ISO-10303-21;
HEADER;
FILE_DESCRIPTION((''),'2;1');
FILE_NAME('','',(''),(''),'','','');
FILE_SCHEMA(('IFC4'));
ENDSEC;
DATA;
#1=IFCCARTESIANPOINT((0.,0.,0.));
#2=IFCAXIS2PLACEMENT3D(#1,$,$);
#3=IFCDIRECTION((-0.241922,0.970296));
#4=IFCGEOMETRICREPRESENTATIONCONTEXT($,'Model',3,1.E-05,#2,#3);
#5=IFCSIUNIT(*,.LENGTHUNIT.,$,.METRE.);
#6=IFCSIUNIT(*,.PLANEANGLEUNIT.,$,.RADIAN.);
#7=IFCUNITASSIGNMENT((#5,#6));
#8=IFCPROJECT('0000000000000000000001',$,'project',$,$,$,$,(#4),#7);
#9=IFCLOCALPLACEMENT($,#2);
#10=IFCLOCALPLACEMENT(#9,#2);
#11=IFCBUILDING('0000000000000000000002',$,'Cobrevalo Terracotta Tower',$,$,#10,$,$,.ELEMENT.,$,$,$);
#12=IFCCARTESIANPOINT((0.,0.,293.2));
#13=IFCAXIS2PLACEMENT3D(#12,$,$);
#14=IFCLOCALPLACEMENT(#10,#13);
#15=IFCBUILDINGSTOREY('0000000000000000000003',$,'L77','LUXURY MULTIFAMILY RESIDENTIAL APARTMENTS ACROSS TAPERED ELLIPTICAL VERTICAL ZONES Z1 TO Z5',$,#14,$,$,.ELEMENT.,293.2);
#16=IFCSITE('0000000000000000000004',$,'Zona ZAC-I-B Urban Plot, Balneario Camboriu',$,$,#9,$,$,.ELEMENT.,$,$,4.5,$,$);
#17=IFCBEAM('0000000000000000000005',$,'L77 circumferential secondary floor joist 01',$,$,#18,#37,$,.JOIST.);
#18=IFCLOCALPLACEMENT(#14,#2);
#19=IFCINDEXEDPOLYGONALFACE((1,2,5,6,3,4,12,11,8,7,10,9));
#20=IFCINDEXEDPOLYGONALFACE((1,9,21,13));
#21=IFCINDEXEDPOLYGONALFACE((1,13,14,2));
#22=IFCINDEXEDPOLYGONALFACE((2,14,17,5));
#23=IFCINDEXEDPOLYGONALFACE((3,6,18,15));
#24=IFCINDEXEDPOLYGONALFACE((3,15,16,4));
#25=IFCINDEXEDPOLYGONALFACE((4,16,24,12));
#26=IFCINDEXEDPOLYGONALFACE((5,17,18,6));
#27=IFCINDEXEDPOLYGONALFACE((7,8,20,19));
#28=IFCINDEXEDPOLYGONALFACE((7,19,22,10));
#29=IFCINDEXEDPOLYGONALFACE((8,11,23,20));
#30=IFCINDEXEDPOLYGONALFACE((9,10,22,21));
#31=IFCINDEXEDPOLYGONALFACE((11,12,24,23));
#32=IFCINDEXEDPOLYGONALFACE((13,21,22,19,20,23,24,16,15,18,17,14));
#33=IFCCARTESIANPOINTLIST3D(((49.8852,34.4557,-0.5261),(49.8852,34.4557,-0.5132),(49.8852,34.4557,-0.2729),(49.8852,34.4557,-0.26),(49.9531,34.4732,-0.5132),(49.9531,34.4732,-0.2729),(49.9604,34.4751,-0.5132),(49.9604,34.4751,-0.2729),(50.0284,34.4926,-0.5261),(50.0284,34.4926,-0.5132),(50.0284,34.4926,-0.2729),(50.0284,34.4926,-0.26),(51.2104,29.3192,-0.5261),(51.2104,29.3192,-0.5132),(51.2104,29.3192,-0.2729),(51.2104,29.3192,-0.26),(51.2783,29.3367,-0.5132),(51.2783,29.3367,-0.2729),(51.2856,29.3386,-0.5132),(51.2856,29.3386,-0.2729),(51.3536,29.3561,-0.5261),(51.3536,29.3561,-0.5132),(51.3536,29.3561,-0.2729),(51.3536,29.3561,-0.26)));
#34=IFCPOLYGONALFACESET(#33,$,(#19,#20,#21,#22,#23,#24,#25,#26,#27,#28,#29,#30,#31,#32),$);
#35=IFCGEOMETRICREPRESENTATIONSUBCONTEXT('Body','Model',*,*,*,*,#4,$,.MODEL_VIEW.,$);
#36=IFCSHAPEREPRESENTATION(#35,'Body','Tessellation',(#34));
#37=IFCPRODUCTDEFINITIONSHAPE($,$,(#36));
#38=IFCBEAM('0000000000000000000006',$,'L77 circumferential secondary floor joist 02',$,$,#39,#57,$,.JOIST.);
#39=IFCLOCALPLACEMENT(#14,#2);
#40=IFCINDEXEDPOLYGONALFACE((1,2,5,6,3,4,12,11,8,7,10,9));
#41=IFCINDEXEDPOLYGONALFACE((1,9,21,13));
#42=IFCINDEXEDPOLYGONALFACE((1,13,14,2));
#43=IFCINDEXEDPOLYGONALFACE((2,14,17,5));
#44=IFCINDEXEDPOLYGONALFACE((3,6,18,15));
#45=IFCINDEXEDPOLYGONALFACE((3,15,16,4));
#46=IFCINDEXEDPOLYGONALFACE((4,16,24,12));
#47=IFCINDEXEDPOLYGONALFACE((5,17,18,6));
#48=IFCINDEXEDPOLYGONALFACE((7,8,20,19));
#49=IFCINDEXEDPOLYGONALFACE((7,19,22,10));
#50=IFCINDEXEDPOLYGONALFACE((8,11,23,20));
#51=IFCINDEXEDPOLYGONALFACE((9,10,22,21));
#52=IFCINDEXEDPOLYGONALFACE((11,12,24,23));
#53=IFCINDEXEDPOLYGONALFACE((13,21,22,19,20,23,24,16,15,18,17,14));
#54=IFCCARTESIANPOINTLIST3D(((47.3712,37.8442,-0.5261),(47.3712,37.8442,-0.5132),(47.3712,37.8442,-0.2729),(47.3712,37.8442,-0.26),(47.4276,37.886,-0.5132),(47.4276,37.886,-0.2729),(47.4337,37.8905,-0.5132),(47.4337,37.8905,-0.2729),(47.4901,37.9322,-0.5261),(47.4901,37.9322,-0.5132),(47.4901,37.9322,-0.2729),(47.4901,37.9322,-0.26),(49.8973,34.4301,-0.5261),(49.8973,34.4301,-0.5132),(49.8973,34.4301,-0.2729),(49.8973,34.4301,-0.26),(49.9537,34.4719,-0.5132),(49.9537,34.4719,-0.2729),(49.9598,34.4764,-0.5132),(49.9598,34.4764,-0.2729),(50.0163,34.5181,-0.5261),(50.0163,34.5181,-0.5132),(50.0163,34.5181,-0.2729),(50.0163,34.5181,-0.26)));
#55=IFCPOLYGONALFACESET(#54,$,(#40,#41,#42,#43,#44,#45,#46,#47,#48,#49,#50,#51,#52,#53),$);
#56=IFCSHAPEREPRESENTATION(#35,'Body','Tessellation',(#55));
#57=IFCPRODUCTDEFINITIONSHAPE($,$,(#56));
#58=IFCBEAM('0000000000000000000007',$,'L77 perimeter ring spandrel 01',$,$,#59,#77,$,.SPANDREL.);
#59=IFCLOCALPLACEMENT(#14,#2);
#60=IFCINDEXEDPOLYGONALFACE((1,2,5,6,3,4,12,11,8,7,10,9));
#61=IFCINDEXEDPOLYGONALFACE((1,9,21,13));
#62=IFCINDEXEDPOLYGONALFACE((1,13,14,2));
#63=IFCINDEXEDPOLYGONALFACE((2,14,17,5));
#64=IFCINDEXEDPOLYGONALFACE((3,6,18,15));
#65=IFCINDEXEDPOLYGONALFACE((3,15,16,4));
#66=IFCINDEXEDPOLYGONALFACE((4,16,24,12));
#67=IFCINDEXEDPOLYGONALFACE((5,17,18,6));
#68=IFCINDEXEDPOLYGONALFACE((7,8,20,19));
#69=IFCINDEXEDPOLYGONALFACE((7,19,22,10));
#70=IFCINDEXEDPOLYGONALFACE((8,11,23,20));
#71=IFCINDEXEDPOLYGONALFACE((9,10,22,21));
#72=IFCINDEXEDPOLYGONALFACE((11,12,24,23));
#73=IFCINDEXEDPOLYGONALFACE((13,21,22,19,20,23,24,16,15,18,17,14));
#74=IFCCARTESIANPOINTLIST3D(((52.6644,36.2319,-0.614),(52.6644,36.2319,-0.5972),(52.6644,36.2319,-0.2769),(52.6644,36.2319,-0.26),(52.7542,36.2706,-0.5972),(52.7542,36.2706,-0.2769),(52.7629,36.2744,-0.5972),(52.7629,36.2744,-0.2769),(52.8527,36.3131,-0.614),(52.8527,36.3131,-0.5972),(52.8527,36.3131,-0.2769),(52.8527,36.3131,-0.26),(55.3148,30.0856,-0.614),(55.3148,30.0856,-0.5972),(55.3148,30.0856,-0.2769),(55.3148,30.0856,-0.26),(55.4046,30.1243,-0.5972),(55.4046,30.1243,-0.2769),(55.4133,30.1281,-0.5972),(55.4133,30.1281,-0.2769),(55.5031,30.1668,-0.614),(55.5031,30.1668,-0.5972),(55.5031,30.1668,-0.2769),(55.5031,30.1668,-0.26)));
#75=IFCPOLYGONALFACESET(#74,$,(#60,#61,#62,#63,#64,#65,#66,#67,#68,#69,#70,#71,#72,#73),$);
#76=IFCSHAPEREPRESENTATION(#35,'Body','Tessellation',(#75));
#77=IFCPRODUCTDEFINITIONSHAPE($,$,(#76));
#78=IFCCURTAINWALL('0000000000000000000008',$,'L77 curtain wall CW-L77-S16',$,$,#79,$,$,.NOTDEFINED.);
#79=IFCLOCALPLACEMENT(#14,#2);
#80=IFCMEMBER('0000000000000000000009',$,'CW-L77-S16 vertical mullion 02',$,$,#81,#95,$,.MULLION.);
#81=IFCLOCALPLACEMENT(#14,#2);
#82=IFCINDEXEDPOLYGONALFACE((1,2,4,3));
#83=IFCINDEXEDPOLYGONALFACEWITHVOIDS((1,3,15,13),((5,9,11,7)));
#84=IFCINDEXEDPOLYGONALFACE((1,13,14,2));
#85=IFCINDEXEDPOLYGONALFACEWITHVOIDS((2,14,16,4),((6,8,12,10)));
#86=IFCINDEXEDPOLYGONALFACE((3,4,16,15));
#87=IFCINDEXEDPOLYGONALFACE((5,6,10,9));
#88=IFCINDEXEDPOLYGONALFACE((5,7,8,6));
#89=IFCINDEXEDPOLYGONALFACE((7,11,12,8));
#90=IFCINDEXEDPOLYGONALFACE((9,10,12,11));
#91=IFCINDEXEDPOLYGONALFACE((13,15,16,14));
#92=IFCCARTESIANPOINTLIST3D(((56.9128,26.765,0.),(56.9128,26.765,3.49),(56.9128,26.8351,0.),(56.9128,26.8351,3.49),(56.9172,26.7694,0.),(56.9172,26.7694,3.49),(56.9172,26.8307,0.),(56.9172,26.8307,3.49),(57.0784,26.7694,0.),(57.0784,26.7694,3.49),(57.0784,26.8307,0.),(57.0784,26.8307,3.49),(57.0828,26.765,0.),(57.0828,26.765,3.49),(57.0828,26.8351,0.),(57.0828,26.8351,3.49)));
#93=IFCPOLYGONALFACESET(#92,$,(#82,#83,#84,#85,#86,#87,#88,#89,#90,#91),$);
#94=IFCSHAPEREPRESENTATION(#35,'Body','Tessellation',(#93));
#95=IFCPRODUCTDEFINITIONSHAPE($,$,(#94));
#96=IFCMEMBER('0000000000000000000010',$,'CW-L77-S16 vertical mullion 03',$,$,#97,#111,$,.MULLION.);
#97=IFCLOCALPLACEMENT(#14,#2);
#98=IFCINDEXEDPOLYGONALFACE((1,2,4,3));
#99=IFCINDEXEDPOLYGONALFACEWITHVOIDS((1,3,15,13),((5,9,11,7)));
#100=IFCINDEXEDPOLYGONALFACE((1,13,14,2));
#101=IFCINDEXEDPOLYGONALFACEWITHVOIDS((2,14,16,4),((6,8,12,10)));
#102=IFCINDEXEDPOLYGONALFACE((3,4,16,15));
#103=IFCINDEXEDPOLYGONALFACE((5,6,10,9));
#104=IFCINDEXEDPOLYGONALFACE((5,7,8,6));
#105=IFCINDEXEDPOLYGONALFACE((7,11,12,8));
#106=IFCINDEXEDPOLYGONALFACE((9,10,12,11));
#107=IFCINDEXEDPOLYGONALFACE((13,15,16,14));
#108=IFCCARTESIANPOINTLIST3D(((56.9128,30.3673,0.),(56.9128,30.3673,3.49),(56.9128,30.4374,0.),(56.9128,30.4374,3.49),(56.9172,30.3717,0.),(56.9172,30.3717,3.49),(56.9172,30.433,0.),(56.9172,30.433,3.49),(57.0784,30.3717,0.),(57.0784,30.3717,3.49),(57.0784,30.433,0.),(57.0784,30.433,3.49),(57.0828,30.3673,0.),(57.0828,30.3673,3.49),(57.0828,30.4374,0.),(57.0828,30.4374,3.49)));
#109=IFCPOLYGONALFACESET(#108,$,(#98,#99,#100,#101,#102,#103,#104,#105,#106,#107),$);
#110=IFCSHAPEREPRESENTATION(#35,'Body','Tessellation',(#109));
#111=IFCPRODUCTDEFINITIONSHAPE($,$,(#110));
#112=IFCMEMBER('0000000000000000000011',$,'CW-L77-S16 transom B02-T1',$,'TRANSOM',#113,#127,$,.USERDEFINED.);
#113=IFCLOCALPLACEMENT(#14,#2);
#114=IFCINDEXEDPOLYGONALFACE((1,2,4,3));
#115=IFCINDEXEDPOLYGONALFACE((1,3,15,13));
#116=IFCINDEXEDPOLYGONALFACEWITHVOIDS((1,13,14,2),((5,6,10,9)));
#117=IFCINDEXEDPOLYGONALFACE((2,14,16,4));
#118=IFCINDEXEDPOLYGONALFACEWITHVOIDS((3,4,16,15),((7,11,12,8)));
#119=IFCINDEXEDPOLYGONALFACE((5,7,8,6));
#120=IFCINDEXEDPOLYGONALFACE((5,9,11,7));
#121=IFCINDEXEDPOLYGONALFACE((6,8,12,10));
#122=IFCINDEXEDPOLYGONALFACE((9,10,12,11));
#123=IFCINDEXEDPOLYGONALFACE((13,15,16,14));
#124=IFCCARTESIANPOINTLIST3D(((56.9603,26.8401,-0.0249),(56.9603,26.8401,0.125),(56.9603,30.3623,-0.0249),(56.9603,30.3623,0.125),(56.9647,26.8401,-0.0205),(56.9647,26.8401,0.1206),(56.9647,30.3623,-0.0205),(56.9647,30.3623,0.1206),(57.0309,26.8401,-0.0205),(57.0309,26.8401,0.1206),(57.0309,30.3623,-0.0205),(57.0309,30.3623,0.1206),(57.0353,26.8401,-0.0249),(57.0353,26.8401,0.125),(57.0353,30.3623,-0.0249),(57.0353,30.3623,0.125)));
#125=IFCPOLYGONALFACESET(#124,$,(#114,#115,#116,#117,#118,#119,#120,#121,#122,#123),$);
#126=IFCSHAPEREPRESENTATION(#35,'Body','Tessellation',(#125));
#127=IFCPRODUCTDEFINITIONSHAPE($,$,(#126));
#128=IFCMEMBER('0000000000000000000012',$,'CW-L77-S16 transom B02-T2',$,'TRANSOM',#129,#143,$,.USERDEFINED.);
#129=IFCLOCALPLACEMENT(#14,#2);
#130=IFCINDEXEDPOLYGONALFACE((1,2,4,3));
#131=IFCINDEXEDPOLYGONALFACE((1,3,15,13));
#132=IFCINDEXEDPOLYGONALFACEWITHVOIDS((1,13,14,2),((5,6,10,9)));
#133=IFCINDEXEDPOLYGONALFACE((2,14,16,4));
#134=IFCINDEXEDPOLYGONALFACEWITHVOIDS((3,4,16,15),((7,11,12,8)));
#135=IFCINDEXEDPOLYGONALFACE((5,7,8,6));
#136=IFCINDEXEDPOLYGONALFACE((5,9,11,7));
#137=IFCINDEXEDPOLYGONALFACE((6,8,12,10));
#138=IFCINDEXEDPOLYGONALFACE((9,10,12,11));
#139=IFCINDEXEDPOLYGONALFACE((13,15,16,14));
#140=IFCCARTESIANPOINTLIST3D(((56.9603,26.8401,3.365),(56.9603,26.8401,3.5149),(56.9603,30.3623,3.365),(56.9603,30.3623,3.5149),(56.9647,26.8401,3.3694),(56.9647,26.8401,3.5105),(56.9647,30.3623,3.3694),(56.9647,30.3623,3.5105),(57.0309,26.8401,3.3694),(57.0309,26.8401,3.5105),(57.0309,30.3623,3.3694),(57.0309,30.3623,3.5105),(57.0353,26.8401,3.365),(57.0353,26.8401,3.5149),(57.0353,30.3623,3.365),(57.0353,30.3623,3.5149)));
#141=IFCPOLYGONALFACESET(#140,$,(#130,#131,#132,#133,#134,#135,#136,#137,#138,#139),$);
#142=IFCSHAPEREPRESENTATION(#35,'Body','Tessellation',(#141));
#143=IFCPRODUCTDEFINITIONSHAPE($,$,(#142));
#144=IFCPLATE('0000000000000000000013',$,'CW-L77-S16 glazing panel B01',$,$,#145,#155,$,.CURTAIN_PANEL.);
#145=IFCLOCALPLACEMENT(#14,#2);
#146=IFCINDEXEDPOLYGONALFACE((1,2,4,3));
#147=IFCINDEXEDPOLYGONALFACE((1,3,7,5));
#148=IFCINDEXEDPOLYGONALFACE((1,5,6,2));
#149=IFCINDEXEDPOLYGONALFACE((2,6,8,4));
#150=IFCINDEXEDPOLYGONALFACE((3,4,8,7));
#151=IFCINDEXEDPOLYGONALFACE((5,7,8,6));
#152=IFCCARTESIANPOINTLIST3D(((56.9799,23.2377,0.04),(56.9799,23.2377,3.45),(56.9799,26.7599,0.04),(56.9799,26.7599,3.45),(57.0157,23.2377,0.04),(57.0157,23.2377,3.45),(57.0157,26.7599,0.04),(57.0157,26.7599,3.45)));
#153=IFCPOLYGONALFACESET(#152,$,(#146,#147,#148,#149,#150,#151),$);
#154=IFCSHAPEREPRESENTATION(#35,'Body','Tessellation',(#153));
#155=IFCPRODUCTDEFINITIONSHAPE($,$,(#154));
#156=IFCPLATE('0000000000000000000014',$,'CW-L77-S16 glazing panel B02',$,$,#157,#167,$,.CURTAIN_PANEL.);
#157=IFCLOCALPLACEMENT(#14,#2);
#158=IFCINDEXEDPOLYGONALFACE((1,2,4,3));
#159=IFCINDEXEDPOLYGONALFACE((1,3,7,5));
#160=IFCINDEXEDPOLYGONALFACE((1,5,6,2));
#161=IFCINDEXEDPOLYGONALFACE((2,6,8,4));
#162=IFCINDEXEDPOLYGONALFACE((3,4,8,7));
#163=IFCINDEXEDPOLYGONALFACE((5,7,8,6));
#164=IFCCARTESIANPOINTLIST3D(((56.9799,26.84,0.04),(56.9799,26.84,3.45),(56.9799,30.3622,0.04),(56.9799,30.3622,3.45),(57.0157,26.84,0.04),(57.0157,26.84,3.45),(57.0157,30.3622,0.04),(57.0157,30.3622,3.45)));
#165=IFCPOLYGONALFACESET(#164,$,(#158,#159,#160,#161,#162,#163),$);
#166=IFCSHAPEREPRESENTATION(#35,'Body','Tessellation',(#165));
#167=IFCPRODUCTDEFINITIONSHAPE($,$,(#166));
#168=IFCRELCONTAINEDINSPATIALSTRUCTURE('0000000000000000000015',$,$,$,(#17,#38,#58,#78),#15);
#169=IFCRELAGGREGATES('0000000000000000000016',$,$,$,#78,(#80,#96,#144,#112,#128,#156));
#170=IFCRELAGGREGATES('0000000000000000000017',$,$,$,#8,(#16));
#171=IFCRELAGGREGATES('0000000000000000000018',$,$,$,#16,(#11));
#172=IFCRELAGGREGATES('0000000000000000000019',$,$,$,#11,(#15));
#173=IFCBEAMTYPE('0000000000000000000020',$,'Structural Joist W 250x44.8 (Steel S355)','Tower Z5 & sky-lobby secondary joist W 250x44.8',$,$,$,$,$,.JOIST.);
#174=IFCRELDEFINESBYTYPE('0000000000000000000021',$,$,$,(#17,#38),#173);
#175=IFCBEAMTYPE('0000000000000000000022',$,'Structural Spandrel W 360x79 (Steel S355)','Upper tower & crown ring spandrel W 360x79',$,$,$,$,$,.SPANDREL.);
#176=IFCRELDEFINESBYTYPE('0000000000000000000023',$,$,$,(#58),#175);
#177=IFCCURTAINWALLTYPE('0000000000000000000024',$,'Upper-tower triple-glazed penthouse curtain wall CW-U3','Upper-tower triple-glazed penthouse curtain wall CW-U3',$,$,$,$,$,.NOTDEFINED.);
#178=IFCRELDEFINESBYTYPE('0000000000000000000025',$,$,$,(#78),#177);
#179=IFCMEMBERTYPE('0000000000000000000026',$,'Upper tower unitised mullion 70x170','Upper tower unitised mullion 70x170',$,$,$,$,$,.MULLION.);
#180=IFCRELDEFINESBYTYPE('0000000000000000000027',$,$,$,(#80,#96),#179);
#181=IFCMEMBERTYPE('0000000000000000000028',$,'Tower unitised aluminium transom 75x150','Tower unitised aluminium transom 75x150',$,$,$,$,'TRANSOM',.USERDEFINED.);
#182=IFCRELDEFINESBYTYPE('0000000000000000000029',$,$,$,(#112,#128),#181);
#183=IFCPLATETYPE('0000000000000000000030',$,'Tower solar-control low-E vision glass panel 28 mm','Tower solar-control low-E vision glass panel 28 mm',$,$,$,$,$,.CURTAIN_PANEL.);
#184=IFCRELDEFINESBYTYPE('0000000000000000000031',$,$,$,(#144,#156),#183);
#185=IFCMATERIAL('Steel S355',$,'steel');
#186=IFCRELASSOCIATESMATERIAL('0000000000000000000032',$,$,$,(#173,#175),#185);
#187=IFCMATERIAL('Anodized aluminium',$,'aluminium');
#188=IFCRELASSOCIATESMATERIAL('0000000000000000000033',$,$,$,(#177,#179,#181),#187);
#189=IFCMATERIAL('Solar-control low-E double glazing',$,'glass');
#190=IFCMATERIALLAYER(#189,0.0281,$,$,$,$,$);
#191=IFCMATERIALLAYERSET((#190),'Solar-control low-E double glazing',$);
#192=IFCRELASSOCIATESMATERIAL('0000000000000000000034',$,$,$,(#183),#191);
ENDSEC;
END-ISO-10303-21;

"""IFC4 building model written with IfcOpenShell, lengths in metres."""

from ifc_helpers import new_model, si_unit, direction, frame, origin, origin_2d, place, context, subcontext, project, spatial, rectangle, hollow_rectangle, i_section, extrude, source, transform, mapped, material, layer, layer_set, material_profile, profile_set, type_object, element, aggregate, save


model = new_model("IFC4")

# Units and contexts
model_context = context("Model", 3, precision=1e-05, world=origin(), true_north=direction((-0.241922, 0.970296)))
body_context = subcontext(model_context, "Body", "Model", "MODEL_VIEW")
ifc_project = project(units=[si_unit("LENGTHUNIT", "METRE"), si_unit("PLANEANGLEUNIT", "RADIAN")], contexts=[model_context])

# Site, building, storey
site_placement = place(None, origin())
site = spatial("IfcSite", under=ifc_project, at=site_placement, Name="Zona ZAC-I-B Urban Plot, Balneario Camboriu", CompositionType="ELEMENT", RefElevation=4.5)
building_placement = place(site_placement, origin())
building = spatial("IfcBuilding", under=site, at=building_placement, Name="Cobrevalo Terracotta Tower", CompositionType="ELEMENT")
storey_placement = place(building_placement, frame((0.0, 0.0, 293.2)))
storey = spatial("IfcBuildingStorey", under=building, at=storey_placement, Name="L77", Description="LUXURY MULTIFAMILY RESIDENTIAL APARTMENTS ACROSS TAPERED ELLIPTICAL VERTICAL ZONES Z1 TO Z5", CompositionType="ELEMENT", Elevation=293.2)

# Shared definitions
ifc_material_1 = material(Name="Steel S355", Category="steel")

# Beams
ifc_material_profile_1 = material_profile(ifc_material_1, i_section(OverallWidth=0.1479, OverallDepth=0.2661, WebThickness=0.0076, FlangeThickness=0.0129, at=origin_2d()), Name="W 250x44.8")
ifc_profile_set_1 = profile_set([ifc_material_profile_1], Name="Steel S355")
beam_type_1 = type_object("IfcBeamType", Name="Structural Joist W 250x44.8 (Steel S355)", Description="Tower Z5 & sky-lobby secondary joist W 250x44.8", PredefinedType="JOIST", material=ifc_profile_set_1)
beam_1_placement = place(storey_placement, frame((51.282, 29.3376, -0.3931), z_axis=(-0.249817, 0.968293, 0.0), x_axis=(-0.968293, -0.249817, 0.0)))
element("IfcBeam", 1, at=beam_1_placement, inside=storey, type_object=beam_type_1, Name="L77 circumferential secondary floor joist 01", PredefinedType="JOIST", context=body_context, shape_type="SweptSolid", body=[
    extrude(i_section(OverallWidth=0.1479, OverallDepth=0.2661, WebThickness=0.0076, FlangeThickness=0.0129, at=origin_2d()), origin(), (0.0, 0.0, 1.0), 5.3047),
])
beam_2_placement = place(storey_placement, frame((49.9568, 34.4741, -0.3931), z_axis=(-0.5948, 0.803874, 0.0), x_axis=(-0.803874, -0.5948, 0.0)))
element("IfcBeam", 2, at=beam_2_placement, inside=storey, type_object=beam_type_1, Name="L77 circumferential secondary floor joist 02", PredefinedType="JOIST", context=body_context, shape_type="SweptSolid", body=[
    extrude(i_section(OverallWidth=0.1479, OverallDepth=0.2661, WebThickness=0.0076, FlangeThickness=0.0129, at=origin_2d()), origin(), (0.0, 0.0, 1.0), 4.2471),
])
ifc_material_profile_2 = material_profile(ifc_material_1, i_section(OverallWidth=0.2051, OverallDepth=0.354, WebThickness=0.0095, FlangeThickness=0.0168, at=origin_2d()), Name="W 360x79")
ifc_profile_set_2 = profile_set([ifc_material_profile_2], Name="Steel S355")
beam_type_2 = type_object("IfcBeamType", Name="Structural Spandrel W 360x79 (Steel S355)", Description="Upper tower & crown ring spandrel W 360x79", PredefinedType="SPANDREL", material=ifc_profile_set_2)
beam_3_placement = place(storey_placement, frame((55.4089, 30.1262, -0.437), z_axis=(-0.395974, 0.918262, 0.0), x_axis=(-0.918262, -0.395974, 0.0)))
element("IfcBeam", 3, at=beam_3_placement, inside=storey, type_object=beam_type_2, Name="L77 perimeter ring spandrel 01", PredefinedType="SPANDREL", context=body_context, shape_type="SweptSolid", body=[
    extrude(i_section(OverallWidth=0.2051, OverallDepth=0.354, WebThickness=0.0095, FlangeThickness=0.0168, at=origin_2d()), origin(), (0.0, 0.0, 1.0), 6.6934),
])

# Curtain wall, members, plates
ifc_material_2 = material(Name="Anodized aluminium", Category="aluminium")
curtain_wall_type = type_object("IfcCurtainWallType", Name="Upper-tower triple-glazed penthouse curtain wall CW-U3", Description="Upper-tower triple-glazed penthouse curtain wall CW-U3", PredefinedType="NOTDEFINED", material=ifc_material_2)
curtain_wall_placement = place(storey_placement, origin())
curtain_wall = element("IfcCurtainWall", 4, at=curtain_wall_placement, inside=storey, type_object=curtain_wall_type, Name="L77 curtain wall CW-L77-S16", PredefinedType="NOTDEFINED")
ifc_material_profile_3 = material_profile(ifc_material_2, hollow_rectangle(XDim=0.0701, YDim=0.1699, WallThickness=0.0044, at=origin_2d()), Name="CWM 70x170")
ifc_profile_set_3 = profile_set([ifc_material_profile_3], Name="Anodized aluminium")
member_type_1 = type_object("IfcMemberType", Name="Upper tower unitised mullion 70x170", Description="Upper tower unitised mullion 70x170", PredefinedType="MULLION", material=ifc_profile_set_3)
shared_shape_1 = source(origin(), body_context, "Body", "SweptSolid", [
    extrude(hollow_rectangle(XDim=0.0701, YDim=0.1699, WallThickness=0.0044, at=origin_2d()), origin(), (0.0, 0.0, 1.0), 3.49),
])
member_1_placement = place(storey_placement, frame((56.9978, 26.8, 0.0), z_axis=(0.0, 0.0, 1.0), x_axis=(0.0, 1.0, 0.0)))
member_1 = element("IfcMember", 5, at=member_1_placement, type_object=member_type_1, Name="CW-L77-S16 vertical mullion 02", PredefinedType="MULLION", context=body_context, shape_type="MappedRepresentation", body=[
    mapped(shared_shape_1, transform((0.0, 0.0, 0.0), scale=1.0)),
])
member_2_placement = place(storey_placement, frame((56.9978, 30.4023, 0.0), z_axis=(0.0, 0.0, 1.0), x_axis=(0.0, 1.0, 0.0)))
member_2 = element("IfcMember", 6, at=member_2_placement, type_object=member_type_1, Name="CW-L77-S16 vertical mullion 03", PredefinedType="MULLION", context=body_context, shape_type="MappedRepresentation", body=[
    mapped(shared_shape_1, transform((0.0, 0.0, 0.0), scale=1.0)),
])
ifc_material_profile_4 = material_profile(ifc_material_2, hollow_rectangle(XDim=0.075, YDim=0.1499, WallThickness=0.0044, at=origin_2d()), Name="CWT 75x150")
ifc_profile_set_4 = profile_set([ifc_material_profile_4], Name="Anodized aluminium")
member_type_2 = type_object("IfcMemberType", Name="Tower unitised aluminium transom 75x150", Description="Tower unitised aluminium transom 75x150", ElementType="TRANSOM", PredefinedType="USERDEFINED", material=ifc_profile_set_4)
shared_shape_2 = source(origin(), body_context, "Body", "SweptSolid", [
    extrude(hollow_rectangle(XDim=0.075, YDim=0.1499, WallThickness=0.0044, at=origin_2d()), origin(), (0.0, 0.0, 1.0), 3.5222),
])
member_3_placement = place(storey_placement, frame((56.9978, 26.8401, 0.05), z_axis=(0.0, 1.0, 0.0), x_axis=(-1.0, 0.0, 0.0)))
member_3 = element("IfcMember", 7, at=member_3_placement, type_object=member_type_2, Name="CW-L77-S16 transom B02-T1", ObjectType="TRANSOM", PredefinedType="USERDEFINED", context=body_context, shape_type="MappedRepresentation", body=[
    mapped(shared_shape_2, transform((0.0, 0.0, 0.0), scale=1.0)),
])
member_4_placement = place(storey_placement, frame((56.9978, 26.8401, 3.4399), z_axis=(0.0, 1.0, 0.0), x_axis=(-1.0, 0.0, 0.0)))
member_4 = element("IfcMember", 8, at=member_4_placement, type_object=member_type_2, Name="CW-L77-S16 transom B02-T2", ObjectType="TRANSOM", PredefinedType="USERDEFINED", context=body_context, shape_type="MappedRepresentation", body=[
    mapped(shared_shape_2, transform((0.0, 0.0, 0.0), scale=1.0)),
])
ifc_material_3 = material(Name="Solar-control low-E double glazing", Category="glass")
ifc_layer_1 = layer(ifc_material_3, 0.0281)
ifc_layer_set_1 = layer_set([ifc_layer_1], Name="Solar-control low-E double glazing")
plate_type = type_object("IfcPlateType", Name="Tower solar-control low-E vision glass panel 28 mm", Description="Tower solar-control low-E vision glass panel 28 mm", PredefinedType="CURTAIN_PANEL", material=ifc_layer_set_1)
shared_shape_3 = source(origin(), body_context, "Body", "SweptSolid", [
    extrude(rectangle(XDim=3.5222, YDim=0.0359, at=origin_2d()), origin(), (0.0, 0.0, 1.0), 3.4099),
])
plate_1_placement = place(storey_placement, frame((56.9978, 24.9988, 0.04), z_axis=(0.0, 0.0, 1.0), x_axis=(0.0, 1.0, 0.0)))
plate_1 = element("IfcPlate", 9, at=plate_1_placement, type_object=plate_type, Name="CW-L77-S16 glazing panel B01", PredefinedType="CURTAIN_PANEL", context=body_context, shape_type="MappedRepresentation", body=[
    mapped(shared_shape_3, transform((0.0, 0.0, 0.0), scale=1.0)),
])
plate_2_placement = place(storey_placement, frame((56.9978, 28.6011, 0.04), z_axis=(0.0, 0.0, 1.0), x_axis=(0.0, 1.0, 0.0)))
plate_2 = element("IfcPlate", 10, at=plate_2_placement, type_object=plate_type, Name="CW-L77-S16 glazing panel B02", PredefinedType="CURTAIN_PANEL", context=body_context, shape_type="MappedRepresentation", body=[
    mapped(shared_shape_3, transform((0.0, 0.0, 0.0), scale=1.0)),
])
aggregate(curtain_wall, [member_1, member_2, plate_1, member_3, member_4, plate_2])

save(model, "model.ifc")
